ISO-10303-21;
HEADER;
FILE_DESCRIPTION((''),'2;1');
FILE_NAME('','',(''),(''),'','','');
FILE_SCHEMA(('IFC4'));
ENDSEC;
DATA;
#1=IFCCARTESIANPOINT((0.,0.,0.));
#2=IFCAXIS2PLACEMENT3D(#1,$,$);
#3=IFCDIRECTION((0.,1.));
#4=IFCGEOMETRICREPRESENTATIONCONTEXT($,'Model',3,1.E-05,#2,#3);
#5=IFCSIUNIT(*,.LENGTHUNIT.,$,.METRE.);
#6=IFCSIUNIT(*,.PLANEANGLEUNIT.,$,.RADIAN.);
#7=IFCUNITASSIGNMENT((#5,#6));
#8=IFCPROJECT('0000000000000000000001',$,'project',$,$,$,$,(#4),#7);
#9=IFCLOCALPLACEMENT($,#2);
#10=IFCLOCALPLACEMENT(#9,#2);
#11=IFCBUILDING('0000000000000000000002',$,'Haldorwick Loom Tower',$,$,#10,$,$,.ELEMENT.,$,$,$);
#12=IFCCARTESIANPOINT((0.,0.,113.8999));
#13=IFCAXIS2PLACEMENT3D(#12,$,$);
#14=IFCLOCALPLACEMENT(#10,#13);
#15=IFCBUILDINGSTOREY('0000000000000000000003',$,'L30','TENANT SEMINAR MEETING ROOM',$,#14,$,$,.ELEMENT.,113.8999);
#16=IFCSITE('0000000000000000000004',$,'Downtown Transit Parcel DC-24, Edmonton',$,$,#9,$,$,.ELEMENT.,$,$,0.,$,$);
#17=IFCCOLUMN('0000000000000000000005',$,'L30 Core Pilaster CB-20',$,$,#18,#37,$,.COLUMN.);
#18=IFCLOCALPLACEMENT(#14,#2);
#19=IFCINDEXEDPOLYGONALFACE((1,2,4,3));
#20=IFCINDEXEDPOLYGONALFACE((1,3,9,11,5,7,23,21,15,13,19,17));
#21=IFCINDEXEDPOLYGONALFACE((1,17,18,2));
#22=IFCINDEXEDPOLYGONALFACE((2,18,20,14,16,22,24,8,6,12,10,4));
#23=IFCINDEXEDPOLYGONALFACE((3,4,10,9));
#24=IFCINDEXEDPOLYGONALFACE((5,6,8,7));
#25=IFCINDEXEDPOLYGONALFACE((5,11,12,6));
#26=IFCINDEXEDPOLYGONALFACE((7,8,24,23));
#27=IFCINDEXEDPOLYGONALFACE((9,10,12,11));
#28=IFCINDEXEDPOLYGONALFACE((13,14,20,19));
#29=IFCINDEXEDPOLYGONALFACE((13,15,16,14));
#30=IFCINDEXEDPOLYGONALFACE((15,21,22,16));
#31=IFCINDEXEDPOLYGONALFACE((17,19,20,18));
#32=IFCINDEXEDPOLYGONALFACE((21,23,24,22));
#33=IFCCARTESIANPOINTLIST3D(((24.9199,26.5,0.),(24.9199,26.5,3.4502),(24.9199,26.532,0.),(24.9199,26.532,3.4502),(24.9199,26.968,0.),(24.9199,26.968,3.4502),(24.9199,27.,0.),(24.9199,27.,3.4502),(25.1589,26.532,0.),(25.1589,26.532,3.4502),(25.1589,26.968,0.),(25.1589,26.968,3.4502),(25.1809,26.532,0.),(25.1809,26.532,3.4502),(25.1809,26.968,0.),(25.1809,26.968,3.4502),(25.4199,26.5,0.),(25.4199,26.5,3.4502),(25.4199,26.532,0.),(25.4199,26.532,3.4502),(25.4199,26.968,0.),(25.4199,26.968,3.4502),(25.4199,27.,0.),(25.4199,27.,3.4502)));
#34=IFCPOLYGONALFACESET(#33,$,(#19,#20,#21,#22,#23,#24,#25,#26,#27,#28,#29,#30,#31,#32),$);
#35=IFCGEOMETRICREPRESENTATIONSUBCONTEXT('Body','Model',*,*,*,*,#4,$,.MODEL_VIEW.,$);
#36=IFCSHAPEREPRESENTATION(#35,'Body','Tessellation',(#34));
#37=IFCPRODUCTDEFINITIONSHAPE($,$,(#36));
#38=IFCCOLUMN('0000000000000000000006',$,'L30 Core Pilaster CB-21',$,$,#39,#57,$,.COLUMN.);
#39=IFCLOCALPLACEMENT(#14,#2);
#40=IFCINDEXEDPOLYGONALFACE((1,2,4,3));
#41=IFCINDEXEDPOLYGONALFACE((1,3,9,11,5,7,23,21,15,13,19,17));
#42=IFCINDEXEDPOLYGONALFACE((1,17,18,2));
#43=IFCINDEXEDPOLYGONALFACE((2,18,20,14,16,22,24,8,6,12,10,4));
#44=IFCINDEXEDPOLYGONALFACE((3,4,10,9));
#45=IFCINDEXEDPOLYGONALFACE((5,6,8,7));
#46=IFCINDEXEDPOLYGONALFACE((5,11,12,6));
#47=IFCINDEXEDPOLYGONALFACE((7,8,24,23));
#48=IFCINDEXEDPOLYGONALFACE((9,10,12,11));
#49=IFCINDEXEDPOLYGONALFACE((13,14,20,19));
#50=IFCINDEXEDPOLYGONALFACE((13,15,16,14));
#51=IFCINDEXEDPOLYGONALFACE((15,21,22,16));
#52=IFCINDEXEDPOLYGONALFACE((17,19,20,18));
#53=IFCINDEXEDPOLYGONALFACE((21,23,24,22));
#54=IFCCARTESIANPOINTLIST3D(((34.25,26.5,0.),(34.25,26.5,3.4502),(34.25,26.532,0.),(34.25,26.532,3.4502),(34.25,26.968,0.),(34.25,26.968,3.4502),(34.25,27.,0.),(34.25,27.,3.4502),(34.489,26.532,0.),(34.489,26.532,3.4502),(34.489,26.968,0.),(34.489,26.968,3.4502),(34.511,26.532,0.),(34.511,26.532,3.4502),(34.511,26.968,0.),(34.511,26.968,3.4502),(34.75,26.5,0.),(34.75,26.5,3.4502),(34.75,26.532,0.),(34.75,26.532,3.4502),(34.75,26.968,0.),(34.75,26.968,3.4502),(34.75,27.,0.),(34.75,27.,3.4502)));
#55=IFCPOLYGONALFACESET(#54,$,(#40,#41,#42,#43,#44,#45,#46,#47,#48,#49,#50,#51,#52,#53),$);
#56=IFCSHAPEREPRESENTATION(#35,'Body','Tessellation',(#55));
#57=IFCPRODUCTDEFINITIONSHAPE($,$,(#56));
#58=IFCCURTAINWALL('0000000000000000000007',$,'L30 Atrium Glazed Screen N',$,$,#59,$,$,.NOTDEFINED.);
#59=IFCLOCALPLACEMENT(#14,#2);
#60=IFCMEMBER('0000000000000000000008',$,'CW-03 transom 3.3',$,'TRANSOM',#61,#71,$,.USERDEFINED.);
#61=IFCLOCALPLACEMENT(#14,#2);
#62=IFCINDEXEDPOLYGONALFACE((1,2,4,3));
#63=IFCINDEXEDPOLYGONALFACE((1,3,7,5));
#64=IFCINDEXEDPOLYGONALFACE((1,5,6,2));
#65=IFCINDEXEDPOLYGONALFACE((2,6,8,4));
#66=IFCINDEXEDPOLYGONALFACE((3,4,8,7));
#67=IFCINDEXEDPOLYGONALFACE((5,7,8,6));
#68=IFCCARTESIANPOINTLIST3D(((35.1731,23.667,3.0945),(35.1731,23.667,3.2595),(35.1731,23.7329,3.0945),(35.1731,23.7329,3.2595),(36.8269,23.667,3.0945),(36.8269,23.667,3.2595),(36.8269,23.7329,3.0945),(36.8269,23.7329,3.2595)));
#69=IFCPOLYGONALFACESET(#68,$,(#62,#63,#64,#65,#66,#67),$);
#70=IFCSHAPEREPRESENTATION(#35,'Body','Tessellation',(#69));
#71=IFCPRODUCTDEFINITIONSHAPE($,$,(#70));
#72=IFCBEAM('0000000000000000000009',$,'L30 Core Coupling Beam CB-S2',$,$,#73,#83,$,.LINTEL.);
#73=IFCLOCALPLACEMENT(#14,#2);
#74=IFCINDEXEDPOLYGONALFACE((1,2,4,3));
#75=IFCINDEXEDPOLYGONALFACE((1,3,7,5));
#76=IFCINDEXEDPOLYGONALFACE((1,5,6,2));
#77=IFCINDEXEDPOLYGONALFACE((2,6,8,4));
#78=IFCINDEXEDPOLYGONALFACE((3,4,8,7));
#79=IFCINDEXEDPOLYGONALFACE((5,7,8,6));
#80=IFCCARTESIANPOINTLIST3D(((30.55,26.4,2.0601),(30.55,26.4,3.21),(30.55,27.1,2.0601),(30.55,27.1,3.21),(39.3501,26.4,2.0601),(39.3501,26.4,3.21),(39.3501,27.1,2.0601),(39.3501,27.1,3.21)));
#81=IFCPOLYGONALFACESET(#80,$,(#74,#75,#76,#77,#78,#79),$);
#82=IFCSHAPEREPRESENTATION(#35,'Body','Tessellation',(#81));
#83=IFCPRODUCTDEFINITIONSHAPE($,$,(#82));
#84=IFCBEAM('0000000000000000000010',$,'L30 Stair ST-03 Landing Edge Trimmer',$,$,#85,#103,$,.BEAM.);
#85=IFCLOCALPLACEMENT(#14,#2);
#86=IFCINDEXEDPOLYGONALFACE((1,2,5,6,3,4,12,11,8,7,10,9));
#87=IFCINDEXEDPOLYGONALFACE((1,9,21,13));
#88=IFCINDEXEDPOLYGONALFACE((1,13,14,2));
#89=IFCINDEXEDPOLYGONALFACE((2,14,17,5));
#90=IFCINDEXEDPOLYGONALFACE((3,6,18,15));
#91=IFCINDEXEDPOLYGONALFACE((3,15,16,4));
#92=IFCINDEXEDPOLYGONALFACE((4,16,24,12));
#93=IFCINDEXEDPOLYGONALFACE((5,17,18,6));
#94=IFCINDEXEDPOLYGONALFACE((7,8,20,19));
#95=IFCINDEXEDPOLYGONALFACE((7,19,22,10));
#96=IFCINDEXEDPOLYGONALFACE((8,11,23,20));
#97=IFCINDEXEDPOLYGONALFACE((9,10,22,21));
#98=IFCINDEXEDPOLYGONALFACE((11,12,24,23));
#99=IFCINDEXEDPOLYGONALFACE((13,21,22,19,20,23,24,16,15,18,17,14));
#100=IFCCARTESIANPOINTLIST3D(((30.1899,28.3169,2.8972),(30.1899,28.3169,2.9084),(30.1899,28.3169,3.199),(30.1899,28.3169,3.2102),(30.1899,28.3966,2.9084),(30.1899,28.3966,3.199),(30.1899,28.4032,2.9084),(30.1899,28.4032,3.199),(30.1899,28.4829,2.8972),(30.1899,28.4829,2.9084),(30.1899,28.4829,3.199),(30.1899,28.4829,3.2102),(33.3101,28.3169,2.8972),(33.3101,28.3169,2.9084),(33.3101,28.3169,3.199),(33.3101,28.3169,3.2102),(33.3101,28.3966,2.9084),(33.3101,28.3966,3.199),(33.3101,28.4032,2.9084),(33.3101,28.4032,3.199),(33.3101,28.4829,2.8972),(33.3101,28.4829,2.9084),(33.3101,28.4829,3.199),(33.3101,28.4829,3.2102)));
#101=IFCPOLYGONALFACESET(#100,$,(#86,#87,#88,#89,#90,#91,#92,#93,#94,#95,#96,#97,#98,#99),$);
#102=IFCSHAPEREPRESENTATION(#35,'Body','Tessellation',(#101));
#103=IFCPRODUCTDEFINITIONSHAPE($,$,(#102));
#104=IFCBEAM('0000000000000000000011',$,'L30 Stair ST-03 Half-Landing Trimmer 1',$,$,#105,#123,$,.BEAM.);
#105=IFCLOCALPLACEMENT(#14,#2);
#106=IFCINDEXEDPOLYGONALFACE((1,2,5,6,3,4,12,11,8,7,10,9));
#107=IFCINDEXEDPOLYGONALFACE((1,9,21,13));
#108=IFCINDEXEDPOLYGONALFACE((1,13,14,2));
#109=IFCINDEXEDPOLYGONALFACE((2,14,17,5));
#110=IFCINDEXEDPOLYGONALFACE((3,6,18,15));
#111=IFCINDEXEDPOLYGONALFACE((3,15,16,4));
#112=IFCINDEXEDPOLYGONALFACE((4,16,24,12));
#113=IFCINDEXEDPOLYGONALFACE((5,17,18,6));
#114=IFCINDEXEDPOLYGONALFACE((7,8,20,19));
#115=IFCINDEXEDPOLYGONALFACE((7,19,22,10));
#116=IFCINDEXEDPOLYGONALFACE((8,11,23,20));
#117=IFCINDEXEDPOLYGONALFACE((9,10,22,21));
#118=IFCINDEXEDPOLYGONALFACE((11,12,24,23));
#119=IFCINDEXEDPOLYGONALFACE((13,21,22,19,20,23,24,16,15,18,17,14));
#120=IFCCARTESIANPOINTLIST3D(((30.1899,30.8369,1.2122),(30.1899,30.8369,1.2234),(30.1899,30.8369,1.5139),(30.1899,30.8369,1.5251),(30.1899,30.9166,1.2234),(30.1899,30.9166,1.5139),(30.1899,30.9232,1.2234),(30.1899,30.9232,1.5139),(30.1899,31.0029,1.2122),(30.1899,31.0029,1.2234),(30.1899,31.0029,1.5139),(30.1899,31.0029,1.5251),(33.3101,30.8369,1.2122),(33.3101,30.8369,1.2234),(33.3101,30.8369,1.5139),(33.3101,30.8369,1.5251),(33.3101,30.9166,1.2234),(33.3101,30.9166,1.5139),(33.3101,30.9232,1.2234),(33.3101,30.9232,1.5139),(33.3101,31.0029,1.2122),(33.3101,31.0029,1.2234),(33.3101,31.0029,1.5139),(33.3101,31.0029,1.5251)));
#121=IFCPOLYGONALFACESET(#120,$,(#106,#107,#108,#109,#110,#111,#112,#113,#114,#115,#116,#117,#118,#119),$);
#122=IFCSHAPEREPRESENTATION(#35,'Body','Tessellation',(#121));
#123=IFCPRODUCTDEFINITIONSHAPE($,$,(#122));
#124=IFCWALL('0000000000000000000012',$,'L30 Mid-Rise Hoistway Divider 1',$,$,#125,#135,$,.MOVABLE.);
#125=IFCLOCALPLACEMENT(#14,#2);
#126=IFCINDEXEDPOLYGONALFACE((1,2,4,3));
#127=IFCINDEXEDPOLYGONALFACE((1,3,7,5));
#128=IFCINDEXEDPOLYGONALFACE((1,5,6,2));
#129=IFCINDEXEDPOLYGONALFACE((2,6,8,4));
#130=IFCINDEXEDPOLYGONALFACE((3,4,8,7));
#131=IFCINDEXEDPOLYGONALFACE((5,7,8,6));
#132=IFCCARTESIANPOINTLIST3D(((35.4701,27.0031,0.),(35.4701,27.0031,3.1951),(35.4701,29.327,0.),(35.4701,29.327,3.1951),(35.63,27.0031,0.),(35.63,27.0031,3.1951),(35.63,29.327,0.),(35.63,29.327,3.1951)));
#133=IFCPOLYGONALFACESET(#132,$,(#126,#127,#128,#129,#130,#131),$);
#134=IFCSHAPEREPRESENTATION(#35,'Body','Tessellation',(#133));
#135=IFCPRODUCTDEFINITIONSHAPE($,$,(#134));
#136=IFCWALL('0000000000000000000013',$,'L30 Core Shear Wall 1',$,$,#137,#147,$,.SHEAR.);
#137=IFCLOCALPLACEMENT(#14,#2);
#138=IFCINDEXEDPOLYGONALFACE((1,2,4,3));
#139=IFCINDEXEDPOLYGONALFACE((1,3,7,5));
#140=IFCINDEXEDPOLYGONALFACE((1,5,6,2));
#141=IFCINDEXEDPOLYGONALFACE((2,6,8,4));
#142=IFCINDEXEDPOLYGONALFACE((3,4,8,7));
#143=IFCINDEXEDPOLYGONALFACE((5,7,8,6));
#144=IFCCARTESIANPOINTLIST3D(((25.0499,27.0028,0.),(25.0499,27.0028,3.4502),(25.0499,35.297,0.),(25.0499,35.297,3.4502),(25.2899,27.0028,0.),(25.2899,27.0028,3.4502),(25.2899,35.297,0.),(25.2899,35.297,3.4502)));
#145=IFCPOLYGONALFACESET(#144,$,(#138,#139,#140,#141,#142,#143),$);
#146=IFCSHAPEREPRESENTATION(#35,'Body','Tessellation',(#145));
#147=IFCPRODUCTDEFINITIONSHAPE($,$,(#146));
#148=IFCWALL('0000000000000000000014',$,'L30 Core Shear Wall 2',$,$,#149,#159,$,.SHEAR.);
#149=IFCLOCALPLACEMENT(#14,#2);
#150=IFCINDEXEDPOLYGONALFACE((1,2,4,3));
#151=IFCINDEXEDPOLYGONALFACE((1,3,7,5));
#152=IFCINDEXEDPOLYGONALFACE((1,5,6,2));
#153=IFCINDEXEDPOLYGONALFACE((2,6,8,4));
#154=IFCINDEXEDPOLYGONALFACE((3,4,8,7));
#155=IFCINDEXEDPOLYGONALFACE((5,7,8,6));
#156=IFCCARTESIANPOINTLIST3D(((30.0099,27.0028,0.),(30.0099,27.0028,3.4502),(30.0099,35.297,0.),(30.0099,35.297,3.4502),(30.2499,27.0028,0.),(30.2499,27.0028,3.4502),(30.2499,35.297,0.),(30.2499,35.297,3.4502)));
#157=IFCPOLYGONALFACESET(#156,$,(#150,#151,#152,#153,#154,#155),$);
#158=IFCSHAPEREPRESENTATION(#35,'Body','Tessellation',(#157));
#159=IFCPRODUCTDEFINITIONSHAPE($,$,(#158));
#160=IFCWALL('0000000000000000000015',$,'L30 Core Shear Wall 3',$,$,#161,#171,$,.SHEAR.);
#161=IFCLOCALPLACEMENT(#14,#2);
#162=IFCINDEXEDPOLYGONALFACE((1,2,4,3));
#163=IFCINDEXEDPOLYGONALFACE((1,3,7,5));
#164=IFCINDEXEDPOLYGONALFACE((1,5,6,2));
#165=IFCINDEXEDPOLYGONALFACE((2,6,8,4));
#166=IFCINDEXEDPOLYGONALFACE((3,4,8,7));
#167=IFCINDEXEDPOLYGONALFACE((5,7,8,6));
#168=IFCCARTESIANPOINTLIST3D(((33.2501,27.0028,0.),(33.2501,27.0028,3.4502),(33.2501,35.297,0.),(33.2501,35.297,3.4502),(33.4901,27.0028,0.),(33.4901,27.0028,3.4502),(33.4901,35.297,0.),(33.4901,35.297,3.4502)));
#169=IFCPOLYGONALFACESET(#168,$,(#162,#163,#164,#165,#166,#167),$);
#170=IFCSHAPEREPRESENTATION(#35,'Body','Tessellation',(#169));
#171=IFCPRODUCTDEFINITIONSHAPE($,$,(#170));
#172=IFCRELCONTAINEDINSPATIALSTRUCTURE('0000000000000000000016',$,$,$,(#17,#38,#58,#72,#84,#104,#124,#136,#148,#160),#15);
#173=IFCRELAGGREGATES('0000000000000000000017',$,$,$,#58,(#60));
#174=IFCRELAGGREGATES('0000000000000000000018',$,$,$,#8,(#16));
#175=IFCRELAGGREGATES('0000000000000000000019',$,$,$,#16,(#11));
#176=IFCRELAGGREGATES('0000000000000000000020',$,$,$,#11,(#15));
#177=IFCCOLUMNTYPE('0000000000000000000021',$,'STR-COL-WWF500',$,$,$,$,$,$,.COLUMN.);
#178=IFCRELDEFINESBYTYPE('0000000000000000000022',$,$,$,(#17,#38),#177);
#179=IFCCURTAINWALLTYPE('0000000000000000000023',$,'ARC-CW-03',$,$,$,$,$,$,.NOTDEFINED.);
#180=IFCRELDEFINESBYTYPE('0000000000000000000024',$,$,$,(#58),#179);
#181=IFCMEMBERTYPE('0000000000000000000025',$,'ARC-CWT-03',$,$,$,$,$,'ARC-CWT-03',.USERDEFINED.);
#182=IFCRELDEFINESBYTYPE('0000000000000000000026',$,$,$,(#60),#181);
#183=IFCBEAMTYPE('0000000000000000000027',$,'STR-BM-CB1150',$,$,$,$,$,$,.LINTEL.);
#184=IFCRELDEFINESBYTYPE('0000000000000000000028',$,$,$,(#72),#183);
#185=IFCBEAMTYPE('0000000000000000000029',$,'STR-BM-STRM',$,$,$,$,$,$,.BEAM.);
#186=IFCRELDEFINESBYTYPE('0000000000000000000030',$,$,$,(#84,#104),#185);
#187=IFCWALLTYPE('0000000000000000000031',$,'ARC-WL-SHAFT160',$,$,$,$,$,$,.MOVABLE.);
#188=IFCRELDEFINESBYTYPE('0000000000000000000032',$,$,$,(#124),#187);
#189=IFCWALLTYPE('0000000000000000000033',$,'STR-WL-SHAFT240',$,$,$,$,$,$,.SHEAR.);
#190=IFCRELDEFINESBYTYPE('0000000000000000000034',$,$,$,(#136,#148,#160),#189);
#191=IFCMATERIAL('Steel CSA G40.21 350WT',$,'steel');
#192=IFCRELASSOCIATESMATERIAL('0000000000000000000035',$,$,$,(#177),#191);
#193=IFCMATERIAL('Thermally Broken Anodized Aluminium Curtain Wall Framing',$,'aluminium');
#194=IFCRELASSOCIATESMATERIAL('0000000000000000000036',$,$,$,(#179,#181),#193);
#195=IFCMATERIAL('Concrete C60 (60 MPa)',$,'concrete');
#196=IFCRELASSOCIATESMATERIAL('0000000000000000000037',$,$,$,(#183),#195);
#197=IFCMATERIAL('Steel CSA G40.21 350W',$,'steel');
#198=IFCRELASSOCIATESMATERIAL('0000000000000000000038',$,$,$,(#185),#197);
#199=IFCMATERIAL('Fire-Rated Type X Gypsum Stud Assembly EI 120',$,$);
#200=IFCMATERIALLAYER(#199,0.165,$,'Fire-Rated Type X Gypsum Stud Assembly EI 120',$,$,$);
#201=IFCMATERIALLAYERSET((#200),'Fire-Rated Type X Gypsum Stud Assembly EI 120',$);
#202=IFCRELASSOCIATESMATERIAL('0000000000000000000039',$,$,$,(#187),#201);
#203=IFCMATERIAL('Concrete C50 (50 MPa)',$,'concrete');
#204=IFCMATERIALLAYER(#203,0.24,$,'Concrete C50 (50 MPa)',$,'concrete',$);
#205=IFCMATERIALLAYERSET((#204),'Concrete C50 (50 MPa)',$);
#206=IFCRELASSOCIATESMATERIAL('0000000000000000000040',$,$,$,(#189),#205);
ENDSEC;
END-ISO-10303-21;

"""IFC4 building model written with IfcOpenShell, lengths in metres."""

from ifc_helpers import new_model, si_unit, direction, frame, frame_2d, origin, origin_2d, place, context, subcontext, project, spatial, rectangle, i_section, extrude, material, layer, layer_set, material_profile, profile_set, type_object, element, aggregate, save


model = new_model("IFC4")

# Units and contexts
model_context = context("Model", 3, precision=1e-05, world=origin(), true_north=direction((0.0, 1.0)))
body_context = subcontext(model_context, "Body", "Model", "MODEL_VIEW")
ifc_project = project(units=[si_unit("LENGTHUNIT", "METRE"), si_unit("PLANEANGLEUNIT", "RADIAN")], contexts=[model_context])

# Site, building, storey
site_placement = place(None, origin())
site = spatial("IfcSite", under=ifc_project, at=site_placement, Name="Downtown Transit Parcel DC-24, Edmonton", CompositionType="ELEMENT", RefElevation=0.0)
building_placement = place(site_placement, origin())
building = spatial("IfcBuilding", under=site, at=building_placement, Name="Haldorwick Loom Tower", CompositionType="ELEMENT")
storey_placement = place(building_placement, frame((0.0, 0.0, 113.8999)))
storey = spatial("IfcBuildingStorey", under=building, at=storey_placement, Name="L30", Description="TENANT SEMINAR MEETING ROOM", CompositionType="ELEMENT", Elevation=113.8999)

# Columns
ifc_material_1 = material(Name="Steel CSA G40.21 350WT", Category="steel")
ifc_material_profile_1 = material_profile(ifc_material_1, i_section(OverallWidth=0.5, OverallDepth=0.5, WebThickness=0.022, FlangeThickness=0.032, at=origin_2d()), Name="WWF500X500", Category="steel")
ifc_profile_set_1 = profile_set([ifc_material_profile_1], Name="Steel CSA G40.21 350WT")
column_type = type_object("IfcColumnType", Name="STR-COL-WWF500", PredefinedType="COLUMN", material=ifc_profile_set_1)
for number, where, z_axis, x_axis, name in (
    (1, (25.1699, 26.75, 0.0), (0.0, 0.0, 1.0), (1.0, 0.0, 0.0), "L30 Core Pilaster CB-20"),
    (2, (34.5, 26.75, 0.0), (0.0, 0.0, 1.0), (1.0, 0.0, 0.0), "L30 Core Pilaster CB-21"),
):
    element("IfcColumn", number, at=place(storey_placement, frame(where, z_axis=z_axis, x_axis=x_axis)), inside=storey, type_object=column_type, Name=name, PredefinedType="COLUMN", context=body_context, shape_type="SweptSolid", body=[
        extrude(i_section(OverallWidth=0.5, OverallDepth=0.5, WebThickness=0.022, FlangeThickness=0.032, at=origin_2d()), origin(), (0.0, 0.0, 1.0), 3.4502),
    ])

# Curtain wall, member
ifc_material_2 = material(Name="Thermally Broken Anodized Aluminium Curtain Wall Framing", Category="aluminium")
curtain_wall_type = type_object("IfcCurtainWallType", Name="ARC-CW-03", PredefinedType="NOTDEFINED", material=ifc_material_2)
curtain_wall_placement = place(storey_placement, origin())
curtain_wall = element("IfcCurtainWall", 3, at=curtain_wall_placement, inside=storey, type_object=curtain_wall_type, Name="L30 Atrium Glazed Screen N", PredefinedType="NOTDEFINED")
ifc_material_profile_2 = material_profile(ifc_material_2, rectangle(XDim=0.0659, YDim=0.165, at=origin_2d()), Name="ALU_TRN_66X165", Category="aluminium")
ifc_profile_set_2 = profile_set([ifc_material_profile_2], Name="Thermally Broken Anodized Aluminium Curtain Wall Framing")
member_type = type_object("IfcMemberType", Name="ARC-CWT-03", ElementType="ARC-CWT-03", PredefinedType="USERDEFINED", material=ifc_profile_set_2)
member_placement = place(storey_placement, frame((35.1731, 23.7, 3.177), z_axis=(1.0, 0.0, 0.0), x_axis=(0.0, 1.0, 0.0)))
member = element("IfcMember", 4, at=member_placement, type_object=member_type, Name="CW-03 transom 3.3", ObjectType="TRANSOM", PredefinedType="USERDEFINED", context=body_context, shape_type="SweptSolid", body=[
    extrude(rectangle(XDim=0.0659, YDim=0.165, at=origin_2d()), origin(), (0.0, 0.0, 1.0), 1.6538),
])
aggregate(curtain_wall, [member])

# Beams
ifc_material_3 = material(Name="Concrete C60 (60 MPa)", Category="concrete")
ifc_material_profile_3 = material_profile(ifc_material_3, rectangle(XDim=0.7, YDim=1.1499, at=origin_2d()), Name="RC700X1150", Category="concrete")
ifc_profile_set_3 = profile_set([ifc_material_profile_3], Name="Concrete C60 (60 MPa)")
beam_type_1 = type_object("IfcBeamType", Name="STR-BM-CB1150", PredefinedType="LINTEL", material=ifc_profile_set_3)
beam_placement = place(storey_placement, frame((30.55, 26.75, 2.635), z_axis=(1.0, 0.0, 0.0), x_axis=(0.0, 1.0, 0.0)))
element("IfcBeam", 5, at=beam_placement, inside=storey, type_object=beam_type_1, Name="L30 Core Coupling Beam CB-S2", PredefinedType="LINTEL", context=body_context, shape_type="SweptSolid", body=[
    extrude(rectangle(XDim=0.7, YDim=1.1499, at=origin_2d()), origin(), (0.0, 0.0, 1.0), 8.8),
])
ifc_material_4 = material(Name="Steel CSA G40.21 350W", Category="steel")
ifc_material_profile_4 = material_profile(ifc_material_4, i_section(OverallWidth=0.166, OverallDepth=0.313, WebThickness=0.0066, FlangeThickness=0.0112, at=origin_2d()), Name="W310X45", Category="steel")
ifc_profile_set_4 = profile_set([ifc_material_profile_4], Name="Steel CSA G40.21 350W")
beam_type_2 = type_object("IfcBeamType", Name="STR-BM-STRM", PredefinedType="BEAM", material=ifc_profile_set_4)
for number, where, z_axis, x_axis, name in (
    (6, (30.1899, 28.3999, 3.0537), (1.0, 0.0, 0.0), (0.0, 1.0, 0.0), "L30 Stair ST-03 Landing Edge Trimmer"),
    (7, (30.1899, 30.9199, 1.3687), (1.0, 0.0, 0.0), (0.0, 1.0, 0.0), "L30 Stair ST-03 Half-Landing Trimmer 1"),
):
    element("IfcBeam", number, at=place(storey_placement, frame(where, z_axis=z_axis, x_axis=x_axis)), inside=storey, type_object=beam_type_2, Name=name, PredefinedType="BEAM", context=body_context, shape_type="SweptSolid", body=[
        extrude(i_section(OverallWidth=0.166, OverallDepth=0.313, WebThickness=0.0066, FlangeThickness=0.0112, at=origin_2d()), origin(), (0.0, 0.0, 1.0), 3.1201),
    ])

# Walls
ifc_material_5 = material(Name="Fire-Rated Type X Gypsum Stud Assembly EI 120")
ifc_layer_1 = layer(ifc_material_5, 0.165, Name="Fire-Rated Type X Gypsum Stud Assembly EI 120")
ifc_layer_set_1 = layer_set([ifc_layer_1], Name="Fire-Rated Type X Gypsum Stud Assembly EI 120")
wall_type_1 = type_object("IfcWallType", Name="ARC-WL-SHAFT160", PredefinedType="MOVABLE", material=ifc_layer_set_1)
wall_1_placement = place(storey_placement, frame((35.55, 27.0029, 0.0), z_axis=(0.0, 0.0, 1.0), x_axis=(0.0, 1.0, 0.0)))
element("IfcWall", 8, at=wall_1_placement, inside=storey, type_object=wall_type_1, Name="L30 Mid-Rise Hoistway Divider 1", PredefinedType="MOVABLE", context=body_context, shape_type="SweptSolid", body=[
    extrude(rectangle(XDim=2.324, YDim=0.1599, at=frame_2d((1.1621, 0.0))), origin(), (0.0, 0.0, 1.0), 3.1951),
])
ifc_material_6 = material(Name="Concrete C50 (50 MPa)", Category="concrete")
ifc_layer_2 = layer(ifc_material_6, 0.24, Name="Concrete C50 (50 MPa)", Category="concrete")
ifc_layer_set_2 = layer_set([ifc_layer_2], Name="Concrete C50 (50 MPa)")
wall_type_2 = type_object("IfcWallType", Name="STR-WL-SHAFT240", PredefinedType="SHEAR", material=ifc_layer_set_2)
for number, where, z_axis, x_axis, name in (
    (9, (25.1699, 27.0029, 0.0), (0.0, 0.0, 1.0), (0.0, 1.0, 0.0), "L30 Core Shear Wall 1"),
    (10, (30.1299, 27.0029, 0.0), (0.0, 0.0, 1.0), (0.0, 1.0, 0.0), "L30 Core Shear Wall 2"),
    (11, (33.3701, 27.0029, 0.0), (0.0, 0.0, 1.0), (0.0, 1.0, 0.0), "L30 Core Shear Wall 3"),
):
    element("IfcWall", number, at=place(storey_placement, frame(where, z_axis=z_axis, x_axis=x_axis)), inside=storey, type_object=wall_type_2, Name=name, PredefinedType="SHEAR", context=body_context, shape_type="SweptSolid", body=[
        extrude(rectangle(XDim=8.2942, YDim=0.24, at=frame_2d((4.147, 0.0))), origin(), (0.0, 0.0, 1.0), 3.4502),
    ])

save(model, "model.ifc")
